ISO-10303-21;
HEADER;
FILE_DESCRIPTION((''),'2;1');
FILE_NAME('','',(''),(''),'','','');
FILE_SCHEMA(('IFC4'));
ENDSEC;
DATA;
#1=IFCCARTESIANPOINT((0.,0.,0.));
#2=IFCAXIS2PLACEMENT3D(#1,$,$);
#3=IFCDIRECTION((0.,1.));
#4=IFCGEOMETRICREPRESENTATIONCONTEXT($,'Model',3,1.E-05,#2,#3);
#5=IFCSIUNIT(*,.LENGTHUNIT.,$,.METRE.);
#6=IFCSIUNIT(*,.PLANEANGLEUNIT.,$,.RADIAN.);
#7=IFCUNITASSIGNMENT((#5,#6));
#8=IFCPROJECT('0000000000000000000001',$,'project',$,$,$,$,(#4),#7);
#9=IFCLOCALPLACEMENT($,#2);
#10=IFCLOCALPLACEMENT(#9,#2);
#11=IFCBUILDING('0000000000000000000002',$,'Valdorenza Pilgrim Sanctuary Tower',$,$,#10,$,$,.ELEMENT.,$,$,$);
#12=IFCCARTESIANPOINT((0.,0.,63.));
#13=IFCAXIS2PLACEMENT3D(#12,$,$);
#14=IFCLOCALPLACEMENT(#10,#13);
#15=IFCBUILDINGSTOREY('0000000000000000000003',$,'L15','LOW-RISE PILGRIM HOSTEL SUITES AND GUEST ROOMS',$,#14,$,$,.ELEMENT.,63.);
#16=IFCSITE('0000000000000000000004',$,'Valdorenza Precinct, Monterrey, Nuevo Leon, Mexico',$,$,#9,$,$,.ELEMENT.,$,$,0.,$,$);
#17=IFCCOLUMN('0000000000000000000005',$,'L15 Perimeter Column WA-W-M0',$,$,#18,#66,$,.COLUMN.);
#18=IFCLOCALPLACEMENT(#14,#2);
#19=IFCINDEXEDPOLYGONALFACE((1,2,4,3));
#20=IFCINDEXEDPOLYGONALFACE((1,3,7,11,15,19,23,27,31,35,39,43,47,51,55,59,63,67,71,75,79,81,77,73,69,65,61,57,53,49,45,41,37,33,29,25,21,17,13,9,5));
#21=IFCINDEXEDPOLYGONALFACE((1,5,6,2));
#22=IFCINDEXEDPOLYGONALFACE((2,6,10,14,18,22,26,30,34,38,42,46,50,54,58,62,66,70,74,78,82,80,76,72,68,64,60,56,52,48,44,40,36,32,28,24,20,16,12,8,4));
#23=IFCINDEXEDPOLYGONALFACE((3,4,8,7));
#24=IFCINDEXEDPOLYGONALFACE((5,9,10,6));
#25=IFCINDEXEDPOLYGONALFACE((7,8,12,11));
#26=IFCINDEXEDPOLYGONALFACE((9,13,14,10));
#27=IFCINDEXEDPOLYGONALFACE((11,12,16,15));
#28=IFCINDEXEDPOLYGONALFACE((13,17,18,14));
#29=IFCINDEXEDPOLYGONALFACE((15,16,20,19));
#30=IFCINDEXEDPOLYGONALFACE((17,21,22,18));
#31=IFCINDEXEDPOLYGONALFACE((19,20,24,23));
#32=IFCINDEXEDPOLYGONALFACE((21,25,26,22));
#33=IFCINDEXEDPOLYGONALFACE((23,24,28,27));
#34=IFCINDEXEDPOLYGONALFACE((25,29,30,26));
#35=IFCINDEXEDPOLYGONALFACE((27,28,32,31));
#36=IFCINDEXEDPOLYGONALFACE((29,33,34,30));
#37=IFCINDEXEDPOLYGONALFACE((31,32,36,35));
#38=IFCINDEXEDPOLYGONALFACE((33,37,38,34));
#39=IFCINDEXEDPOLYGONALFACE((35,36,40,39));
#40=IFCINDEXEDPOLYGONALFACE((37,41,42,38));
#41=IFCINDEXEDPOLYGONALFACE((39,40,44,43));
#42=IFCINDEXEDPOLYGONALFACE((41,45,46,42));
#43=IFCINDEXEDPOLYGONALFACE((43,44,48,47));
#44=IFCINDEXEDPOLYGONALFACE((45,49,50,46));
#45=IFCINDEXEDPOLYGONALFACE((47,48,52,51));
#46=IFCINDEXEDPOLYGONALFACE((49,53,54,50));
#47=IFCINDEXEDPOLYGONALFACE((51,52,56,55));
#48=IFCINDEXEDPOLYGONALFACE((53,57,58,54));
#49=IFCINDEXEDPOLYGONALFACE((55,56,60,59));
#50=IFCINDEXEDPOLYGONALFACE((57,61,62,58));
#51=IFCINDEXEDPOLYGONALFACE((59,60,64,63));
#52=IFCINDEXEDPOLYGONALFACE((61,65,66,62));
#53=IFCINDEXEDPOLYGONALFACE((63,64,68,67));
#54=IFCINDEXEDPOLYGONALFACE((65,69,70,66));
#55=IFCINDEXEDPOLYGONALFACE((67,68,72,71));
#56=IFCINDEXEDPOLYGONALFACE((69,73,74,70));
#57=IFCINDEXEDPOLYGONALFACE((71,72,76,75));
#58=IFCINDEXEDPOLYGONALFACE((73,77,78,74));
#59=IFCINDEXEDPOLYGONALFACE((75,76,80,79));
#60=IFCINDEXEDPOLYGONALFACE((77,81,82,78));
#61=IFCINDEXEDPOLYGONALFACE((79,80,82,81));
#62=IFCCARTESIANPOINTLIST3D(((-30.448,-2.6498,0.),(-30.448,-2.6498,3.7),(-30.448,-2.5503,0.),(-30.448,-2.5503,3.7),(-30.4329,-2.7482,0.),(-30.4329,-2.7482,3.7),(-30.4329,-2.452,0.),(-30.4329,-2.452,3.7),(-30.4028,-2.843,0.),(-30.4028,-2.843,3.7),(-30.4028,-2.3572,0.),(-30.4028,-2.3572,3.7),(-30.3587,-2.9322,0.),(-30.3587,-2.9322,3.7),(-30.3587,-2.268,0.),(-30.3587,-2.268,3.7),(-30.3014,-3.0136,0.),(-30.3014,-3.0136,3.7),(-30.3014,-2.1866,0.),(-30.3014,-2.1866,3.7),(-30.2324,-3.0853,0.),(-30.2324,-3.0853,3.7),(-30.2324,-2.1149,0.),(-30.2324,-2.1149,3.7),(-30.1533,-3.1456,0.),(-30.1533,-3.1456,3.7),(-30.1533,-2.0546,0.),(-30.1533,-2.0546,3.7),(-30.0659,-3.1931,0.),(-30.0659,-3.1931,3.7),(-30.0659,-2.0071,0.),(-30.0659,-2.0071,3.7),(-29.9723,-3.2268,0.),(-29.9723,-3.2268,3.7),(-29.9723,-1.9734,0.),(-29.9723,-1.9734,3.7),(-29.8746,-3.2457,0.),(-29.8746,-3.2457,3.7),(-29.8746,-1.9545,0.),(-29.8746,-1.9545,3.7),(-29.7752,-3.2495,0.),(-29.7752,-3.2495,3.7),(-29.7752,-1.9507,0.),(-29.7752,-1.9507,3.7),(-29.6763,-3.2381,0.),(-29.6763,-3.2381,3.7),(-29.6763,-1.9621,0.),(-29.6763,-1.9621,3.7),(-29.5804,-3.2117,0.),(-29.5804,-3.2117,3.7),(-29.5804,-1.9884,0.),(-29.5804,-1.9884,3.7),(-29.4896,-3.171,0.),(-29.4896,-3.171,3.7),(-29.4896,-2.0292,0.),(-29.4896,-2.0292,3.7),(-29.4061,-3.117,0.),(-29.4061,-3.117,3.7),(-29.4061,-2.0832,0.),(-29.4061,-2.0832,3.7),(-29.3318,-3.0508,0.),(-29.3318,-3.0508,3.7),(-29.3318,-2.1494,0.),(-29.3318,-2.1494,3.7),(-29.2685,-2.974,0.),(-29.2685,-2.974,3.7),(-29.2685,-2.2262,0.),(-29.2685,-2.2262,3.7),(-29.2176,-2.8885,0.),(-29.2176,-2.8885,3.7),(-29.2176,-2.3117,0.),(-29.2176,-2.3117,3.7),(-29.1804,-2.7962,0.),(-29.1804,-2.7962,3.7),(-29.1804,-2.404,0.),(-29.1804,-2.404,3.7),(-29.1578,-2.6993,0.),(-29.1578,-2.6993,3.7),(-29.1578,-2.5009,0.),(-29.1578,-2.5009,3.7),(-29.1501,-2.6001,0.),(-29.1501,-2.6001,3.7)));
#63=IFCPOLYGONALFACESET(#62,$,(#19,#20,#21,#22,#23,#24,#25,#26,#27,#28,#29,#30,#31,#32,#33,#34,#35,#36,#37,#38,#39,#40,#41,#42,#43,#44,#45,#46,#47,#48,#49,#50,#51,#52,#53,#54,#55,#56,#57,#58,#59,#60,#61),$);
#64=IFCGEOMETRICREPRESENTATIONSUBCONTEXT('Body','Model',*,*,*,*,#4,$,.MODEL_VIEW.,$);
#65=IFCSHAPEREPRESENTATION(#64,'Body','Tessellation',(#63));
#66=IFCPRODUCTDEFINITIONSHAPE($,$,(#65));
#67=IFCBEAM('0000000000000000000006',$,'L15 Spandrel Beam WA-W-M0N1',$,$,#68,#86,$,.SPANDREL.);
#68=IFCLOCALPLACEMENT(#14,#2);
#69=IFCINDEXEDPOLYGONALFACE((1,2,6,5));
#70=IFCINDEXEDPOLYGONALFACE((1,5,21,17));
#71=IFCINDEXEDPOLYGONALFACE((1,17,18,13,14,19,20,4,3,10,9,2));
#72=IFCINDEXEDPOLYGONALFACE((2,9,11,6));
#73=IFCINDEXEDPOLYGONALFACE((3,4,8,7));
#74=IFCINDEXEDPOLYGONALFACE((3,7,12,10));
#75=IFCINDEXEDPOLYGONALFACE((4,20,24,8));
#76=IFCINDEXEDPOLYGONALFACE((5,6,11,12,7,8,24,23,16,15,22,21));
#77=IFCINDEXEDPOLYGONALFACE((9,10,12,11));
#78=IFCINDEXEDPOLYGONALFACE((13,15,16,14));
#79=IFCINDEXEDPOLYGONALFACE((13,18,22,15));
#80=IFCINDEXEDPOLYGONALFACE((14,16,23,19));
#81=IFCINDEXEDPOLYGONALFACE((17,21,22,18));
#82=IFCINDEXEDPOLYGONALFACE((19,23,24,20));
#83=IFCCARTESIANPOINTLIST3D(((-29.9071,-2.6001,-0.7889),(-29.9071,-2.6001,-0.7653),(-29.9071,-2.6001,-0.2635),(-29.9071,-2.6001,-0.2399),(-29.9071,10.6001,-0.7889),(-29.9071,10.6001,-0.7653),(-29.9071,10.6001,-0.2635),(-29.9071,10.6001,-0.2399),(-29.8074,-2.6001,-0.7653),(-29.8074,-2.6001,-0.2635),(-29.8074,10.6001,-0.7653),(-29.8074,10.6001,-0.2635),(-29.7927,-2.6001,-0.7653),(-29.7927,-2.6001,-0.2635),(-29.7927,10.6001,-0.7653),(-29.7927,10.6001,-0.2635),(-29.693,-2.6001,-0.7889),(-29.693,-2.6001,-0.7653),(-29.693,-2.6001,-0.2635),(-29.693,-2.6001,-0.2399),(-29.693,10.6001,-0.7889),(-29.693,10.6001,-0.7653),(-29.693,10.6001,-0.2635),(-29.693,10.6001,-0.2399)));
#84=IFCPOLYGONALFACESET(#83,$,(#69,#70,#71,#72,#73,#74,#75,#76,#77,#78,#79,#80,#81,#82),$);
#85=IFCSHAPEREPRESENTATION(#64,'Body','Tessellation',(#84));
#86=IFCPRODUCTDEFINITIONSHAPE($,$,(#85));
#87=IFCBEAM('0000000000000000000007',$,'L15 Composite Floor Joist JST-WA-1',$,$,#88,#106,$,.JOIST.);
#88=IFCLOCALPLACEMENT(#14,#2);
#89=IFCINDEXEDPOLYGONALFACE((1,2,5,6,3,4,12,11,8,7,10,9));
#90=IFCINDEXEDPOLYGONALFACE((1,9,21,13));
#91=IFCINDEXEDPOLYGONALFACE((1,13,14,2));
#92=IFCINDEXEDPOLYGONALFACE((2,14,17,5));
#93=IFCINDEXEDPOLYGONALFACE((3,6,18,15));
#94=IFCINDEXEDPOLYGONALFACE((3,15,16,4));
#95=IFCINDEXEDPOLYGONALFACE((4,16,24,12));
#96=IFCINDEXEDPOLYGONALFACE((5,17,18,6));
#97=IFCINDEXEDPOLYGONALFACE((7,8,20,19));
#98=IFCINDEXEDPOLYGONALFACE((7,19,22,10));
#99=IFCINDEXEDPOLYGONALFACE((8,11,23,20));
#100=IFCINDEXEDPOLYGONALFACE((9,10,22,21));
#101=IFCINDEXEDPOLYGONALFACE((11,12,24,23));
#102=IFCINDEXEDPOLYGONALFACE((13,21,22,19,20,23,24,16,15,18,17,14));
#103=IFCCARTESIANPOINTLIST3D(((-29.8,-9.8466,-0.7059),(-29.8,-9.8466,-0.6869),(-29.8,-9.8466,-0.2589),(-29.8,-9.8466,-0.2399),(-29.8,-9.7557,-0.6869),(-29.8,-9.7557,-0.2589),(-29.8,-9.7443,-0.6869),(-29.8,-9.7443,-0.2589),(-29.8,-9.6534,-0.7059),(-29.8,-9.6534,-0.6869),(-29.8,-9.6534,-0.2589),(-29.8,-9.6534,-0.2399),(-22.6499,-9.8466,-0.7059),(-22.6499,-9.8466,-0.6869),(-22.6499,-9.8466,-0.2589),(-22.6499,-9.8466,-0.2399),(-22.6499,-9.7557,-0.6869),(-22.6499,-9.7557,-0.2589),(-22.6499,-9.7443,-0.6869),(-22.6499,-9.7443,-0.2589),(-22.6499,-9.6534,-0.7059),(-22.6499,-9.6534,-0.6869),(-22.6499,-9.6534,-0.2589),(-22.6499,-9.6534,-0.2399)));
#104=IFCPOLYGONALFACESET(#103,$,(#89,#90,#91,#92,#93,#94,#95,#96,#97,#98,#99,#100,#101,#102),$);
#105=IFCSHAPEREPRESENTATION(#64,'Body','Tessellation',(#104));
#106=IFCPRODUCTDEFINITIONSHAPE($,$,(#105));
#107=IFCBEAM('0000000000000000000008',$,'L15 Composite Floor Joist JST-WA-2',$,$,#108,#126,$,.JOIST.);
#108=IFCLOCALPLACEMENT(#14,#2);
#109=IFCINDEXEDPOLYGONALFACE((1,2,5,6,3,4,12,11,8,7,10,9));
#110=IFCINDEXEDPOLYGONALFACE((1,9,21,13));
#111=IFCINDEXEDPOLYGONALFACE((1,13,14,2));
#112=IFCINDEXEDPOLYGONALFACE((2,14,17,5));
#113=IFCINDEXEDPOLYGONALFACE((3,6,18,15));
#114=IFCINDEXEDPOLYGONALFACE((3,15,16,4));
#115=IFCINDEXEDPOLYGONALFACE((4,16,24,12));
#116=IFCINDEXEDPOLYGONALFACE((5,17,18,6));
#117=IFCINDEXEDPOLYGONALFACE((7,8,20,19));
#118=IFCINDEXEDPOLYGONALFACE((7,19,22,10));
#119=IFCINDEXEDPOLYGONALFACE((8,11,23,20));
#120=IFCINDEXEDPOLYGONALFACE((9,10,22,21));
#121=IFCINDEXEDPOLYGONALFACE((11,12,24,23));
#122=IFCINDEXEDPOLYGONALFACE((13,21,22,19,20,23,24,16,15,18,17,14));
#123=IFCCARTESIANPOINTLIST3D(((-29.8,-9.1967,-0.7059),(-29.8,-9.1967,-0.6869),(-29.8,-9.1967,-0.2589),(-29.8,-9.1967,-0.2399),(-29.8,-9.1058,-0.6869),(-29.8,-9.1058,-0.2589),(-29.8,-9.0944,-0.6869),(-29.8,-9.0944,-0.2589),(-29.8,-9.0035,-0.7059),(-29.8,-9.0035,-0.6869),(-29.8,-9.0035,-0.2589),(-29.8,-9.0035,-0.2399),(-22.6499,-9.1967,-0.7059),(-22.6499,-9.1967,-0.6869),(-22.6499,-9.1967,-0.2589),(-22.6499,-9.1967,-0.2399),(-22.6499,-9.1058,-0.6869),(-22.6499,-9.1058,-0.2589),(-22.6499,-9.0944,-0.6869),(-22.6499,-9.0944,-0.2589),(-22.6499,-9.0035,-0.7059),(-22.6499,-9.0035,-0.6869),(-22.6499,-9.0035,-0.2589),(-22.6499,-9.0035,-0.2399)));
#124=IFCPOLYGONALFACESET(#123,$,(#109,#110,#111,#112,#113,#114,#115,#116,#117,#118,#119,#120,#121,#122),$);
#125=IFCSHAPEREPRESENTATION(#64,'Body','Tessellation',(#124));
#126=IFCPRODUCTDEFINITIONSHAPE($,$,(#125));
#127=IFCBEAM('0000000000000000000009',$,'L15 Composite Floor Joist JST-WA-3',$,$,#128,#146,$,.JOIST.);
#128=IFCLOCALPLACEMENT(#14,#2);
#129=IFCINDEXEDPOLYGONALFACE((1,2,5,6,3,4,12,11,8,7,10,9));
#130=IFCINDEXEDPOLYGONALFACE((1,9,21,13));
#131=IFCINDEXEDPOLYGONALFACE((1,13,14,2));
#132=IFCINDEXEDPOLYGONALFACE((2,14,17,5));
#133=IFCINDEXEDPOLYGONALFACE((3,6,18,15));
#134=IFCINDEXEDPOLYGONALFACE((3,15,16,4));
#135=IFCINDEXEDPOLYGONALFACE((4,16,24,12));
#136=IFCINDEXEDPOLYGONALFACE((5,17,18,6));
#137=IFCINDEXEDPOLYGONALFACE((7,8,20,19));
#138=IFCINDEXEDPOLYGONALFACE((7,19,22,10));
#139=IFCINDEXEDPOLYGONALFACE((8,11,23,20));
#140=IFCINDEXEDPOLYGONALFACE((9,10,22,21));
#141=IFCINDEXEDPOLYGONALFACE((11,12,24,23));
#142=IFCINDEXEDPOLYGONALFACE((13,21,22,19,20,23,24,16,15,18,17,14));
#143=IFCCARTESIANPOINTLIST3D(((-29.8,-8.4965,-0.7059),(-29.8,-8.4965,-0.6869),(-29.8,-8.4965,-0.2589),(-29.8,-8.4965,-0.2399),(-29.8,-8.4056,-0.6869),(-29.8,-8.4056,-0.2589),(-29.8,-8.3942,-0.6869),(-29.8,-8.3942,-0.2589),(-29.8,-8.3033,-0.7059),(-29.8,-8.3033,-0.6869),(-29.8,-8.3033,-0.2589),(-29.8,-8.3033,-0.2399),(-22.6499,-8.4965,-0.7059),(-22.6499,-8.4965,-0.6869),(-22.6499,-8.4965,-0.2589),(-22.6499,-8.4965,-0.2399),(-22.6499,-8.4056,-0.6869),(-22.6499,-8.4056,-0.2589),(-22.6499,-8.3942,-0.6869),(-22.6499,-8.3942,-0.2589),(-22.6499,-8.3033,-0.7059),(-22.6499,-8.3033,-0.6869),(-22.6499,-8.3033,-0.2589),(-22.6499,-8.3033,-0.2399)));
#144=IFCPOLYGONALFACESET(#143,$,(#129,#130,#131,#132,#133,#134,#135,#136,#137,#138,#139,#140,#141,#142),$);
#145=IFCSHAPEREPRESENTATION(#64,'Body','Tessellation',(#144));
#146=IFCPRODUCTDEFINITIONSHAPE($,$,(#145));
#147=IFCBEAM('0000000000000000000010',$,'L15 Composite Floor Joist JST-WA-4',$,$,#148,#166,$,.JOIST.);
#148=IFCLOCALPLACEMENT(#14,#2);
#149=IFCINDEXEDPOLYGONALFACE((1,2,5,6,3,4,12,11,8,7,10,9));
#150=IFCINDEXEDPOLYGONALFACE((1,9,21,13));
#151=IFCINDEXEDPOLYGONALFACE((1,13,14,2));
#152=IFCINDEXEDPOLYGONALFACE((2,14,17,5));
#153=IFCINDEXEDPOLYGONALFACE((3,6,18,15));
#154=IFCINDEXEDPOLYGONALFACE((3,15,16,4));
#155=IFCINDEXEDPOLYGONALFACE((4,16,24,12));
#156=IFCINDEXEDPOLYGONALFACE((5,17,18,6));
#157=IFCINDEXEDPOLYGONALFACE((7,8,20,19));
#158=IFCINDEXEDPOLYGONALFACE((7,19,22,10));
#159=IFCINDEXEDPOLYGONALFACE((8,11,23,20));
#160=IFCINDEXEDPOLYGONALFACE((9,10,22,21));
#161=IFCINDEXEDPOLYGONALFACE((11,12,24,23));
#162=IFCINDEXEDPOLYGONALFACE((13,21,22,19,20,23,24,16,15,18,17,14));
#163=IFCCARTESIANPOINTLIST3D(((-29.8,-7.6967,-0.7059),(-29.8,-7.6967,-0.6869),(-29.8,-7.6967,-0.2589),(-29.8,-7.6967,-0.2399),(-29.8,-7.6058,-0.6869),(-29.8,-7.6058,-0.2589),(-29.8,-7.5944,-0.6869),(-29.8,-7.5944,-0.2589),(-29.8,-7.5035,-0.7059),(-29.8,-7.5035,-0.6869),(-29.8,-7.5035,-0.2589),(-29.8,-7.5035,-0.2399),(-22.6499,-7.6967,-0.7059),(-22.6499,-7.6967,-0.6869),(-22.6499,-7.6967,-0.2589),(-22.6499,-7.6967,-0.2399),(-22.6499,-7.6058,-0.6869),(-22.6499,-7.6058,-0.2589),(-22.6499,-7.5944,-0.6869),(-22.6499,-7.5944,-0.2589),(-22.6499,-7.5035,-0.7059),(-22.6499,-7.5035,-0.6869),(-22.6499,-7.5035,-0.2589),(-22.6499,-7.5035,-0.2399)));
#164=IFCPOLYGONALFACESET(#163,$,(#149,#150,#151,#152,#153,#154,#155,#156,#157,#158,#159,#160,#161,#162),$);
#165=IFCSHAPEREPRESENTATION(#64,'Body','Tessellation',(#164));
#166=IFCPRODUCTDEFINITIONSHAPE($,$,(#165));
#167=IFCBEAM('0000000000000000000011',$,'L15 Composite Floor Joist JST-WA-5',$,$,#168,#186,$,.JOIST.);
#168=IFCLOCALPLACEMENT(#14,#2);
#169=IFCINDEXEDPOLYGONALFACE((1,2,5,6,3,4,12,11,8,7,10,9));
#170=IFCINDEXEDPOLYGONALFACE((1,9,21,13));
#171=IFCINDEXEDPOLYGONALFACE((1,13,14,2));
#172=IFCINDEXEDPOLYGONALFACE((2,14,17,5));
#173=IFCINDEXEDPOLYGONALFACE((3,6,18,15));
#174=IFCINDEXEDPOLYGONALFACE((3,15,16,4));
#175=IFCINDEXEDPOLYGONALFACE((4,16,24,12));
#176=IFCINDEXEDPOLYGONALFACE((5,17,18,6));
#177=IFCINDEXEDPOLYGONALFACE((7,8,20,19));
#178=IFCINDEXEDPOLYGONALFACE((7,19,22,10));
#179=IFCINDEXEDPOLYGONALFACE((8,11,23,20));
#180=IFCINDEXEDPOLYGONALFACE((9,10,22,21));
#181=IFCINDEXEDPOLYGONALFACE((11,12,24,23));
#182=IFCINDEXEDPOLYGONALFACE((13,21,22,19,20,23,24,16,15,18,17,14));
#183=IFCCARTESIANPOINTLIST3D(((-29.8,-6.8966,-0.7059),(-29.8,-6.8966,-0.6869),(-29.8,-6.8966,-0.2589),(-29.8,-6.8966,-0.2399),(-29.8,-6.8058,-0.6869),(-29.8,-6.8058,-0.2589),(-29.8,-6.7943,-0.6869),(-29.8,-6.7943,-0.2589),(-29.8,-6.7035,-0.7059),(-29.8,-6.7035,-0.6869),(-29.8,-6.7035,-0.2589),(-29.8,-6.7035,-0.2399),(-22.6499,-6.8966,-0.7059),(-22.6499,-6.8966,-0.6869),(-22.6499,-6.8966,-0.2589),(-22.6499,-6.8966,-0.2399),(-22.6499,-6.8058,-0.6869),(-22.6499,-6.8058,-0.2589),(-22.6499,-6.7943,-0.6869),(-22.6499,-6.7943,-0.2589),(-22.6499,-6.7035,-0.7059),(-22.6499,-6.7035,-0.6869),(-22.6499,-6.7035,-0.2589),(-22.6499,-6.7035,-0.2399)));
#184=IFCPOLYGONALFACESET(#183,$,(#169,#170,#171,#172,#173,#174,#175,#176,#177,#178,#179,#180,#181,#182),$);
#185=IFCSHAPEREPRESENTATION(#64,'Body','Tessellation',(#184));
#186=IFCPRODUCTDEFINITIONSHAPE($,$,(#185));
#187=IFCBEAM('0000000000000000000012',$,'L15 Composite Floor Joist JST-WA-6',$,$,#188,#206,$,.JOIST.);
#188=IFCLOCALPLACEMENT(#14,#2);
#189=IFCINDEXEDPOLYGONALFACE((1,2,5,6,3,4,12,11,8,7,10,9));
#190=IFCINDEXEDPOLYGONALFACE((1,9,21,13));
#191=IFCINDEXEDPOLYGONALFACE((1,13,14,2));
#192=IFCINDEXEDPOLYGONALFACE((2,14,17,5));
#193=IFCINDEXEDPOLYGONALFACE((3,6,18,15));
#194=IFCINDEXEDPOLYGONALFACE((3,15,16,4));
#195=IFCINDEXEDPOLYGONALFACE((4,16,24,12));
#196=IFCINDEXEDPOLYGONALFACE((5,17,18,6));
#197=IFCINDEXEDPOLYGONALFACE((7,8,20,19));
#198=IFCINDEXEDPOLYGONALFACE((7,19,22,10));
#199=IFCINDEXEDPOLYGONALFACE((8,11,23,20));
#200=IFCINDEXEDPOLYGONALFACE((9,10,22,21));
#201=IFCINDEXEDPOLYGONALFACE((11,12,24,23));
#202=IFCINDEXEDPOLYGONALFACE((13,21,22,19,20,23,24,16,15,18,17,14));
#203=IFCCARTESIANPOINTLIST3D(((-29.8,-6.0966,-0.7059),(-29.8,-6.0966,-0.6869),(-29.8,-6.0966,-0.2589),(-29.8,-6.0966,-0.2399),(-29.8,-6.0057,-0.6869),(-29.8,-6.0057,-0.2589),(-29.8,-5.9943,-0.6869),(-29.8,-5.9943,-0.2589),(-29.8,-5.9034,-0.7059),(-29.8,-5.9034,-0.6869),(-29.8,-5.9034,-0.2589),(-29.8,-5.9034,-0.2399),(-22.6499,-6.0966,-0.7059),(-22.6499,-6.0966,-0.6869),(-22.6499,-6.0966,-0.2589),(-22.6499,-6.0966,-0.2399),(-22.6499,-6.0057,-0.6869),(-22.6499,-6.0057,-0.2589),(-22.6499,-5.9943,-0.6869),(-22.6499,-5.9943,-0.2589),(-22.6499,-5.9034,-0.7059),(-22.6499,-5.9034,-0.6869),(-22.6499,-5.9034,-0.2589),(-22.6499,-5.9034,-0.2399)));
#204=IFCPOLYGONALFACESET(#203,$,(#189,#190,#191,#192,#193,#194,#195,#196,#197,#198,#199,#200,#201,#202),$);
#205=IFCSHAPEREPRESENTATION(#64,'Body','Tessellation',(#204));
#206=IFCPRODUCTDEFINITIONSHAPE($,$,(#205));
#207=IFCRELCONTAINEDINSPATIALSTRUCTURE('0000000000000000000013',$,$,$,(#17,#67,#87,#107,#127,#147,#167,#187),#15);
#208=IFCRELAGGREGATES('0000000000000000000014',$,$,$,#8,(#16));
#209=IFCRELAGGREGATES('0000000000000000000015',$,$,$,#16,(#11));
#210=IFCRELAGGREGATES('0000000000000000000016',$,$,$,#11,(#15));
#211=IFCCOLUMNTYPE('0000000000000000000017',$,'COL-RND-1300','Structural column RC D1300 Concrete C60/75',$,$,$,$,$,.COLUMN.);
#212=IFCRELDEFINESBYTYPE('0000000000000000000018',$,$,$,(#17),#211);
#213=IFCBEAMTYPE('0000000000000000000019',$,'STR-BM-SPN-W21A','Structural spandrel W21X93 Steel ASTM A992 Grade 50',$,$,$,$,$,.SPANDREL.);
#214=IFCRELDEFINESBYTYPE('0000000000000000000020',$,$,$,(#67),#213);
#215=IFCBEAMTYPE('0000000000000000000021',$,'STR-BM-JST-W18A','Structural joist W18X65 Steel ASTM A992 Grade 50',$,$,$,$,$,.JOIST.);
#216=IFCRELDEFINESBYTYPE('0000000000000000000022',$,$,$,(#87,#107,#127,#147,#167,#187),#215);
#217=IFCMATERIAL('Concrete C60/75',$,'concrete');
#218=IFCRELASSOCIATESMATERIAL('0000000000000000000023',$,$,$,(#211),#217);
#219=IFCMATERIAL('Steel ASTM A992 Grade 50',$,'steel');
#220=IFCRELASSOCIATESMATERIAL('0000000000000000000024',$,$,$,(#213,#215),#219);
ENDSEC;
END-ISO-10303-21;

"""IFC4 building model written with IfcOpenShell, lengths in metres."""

from ifc_helpers import new_model, si_unit, direction, frame, origin, origin_2d, place, context, subcontext, project, spatial, circle, i_section, extrude, source, transform, mapped, material, material_profile, profile_set, type_object, element, save


model = new_model("IFC4")

# Units and contexts
model_context = context("Model", 3, precision=1e-05, world=origin(), true_north=direction((0.0, 1.0)))
body_context = subcontext(model_context, "Body", "Model", "MODEL_VIEW")
ifc_project = project(units=[si_unit("LENGTHUNIT", "METRE"), si_unit("PLANEANGLEUNIT", "RADIAN")], contexts=[model_context])

# Site, building, storey
site_placement = place(None, origin())
site = spatial("IfcSite", under=ifc_project, at=site_placement, Name="Valdorenza Precinct, Monterrey, Nuevo Leon, Mexico", CompositionType="ELEMENT", RefElevation=0.0)
building_placement = place(site_placement, origin())
building = spatial("IfcBuilding", under=site, at=building_placement, Name="Valdorenza Pilgrim Sanctuary Tower", CompositionType="ELEMENT")
storey_placement = place(building_placement, frame((0.0, 0.0, 63.0)))
storey = spatial("IfcBuildingStorey", under=building, at=storey_placement, Name="L15", Description="LOW-RISE PILGRIM HOSTEL SUITES AND GUEST ROOMS", CompositionType="ELEMENT", Elevation=63.0)

# Column
ifc_material_1 = material(Name="Concrete C60/75", Category="concrete")
ifc_material_profile_1 = material_profile(ifc_material_1, circle(Radius=0.6499, at=origin_2d()), Name="RC D1300")
ifc_profile_set_1 = profile_set([ifc_material_profile_1], Name="Concrete C60/75")
column_type = type_object("IfcColumnType", Name="COL-RND-1300", Description="Structural column RC D1300 Concrete C60/75", PredefinedType="COLUMN", material=ifc_profile_set_1)
shared_shape_1 = source(origin(), body_context, "Body", "SweptSolid", [
    extrude(circle(Radius=0.6499, at=origin_2d()), origin(), (0.0, 0.0, 1.0), 3.7),
])
column_placement = place(storey_placement, frame((-29.8, -2.6001, 0.0), z_axis=(0.0, 0.0, 1.0), x_axis=(1.0, 0.0, 0.0)))
element("IfcColumn", 1, at=column_placement, inside=storey, type_object=column_type, Name="L15 Perimeter Column WA-W-M0", PredefinedType="COLUMN", context=body_context, shape_type="MappedRepresentation", body=[
    mapped(shared_shape_1, transform((0.0, 0.0, 0.0), x_axis=(1.0, 0.0, 0.0), y_axis=(0.0, 1.0, 0.0), z_axis=(0.0, 0.0, 1.0), scale=1.0)),
])

# Beams
ifc_material_2 = material(Name="Steel ASTM A992 Grade 50", Category="steel")
ifc_material_profile_2 = material_profile(ifc_material_2, i_section(OverallWidth=0.2141, OverallDepth=0.5491, WebThickness=0.0146, FlangeThickness=0.0237, at=origin_2d()), Name="W21X93")
ifc_profile_set_2 = profile_set([ifc_material_profile_2], Name="Steel ASTM A992 Grade 50")
beam_type_1 = type_object("IfcBeamType", Name="STR-BM-SPN-W21A", Description="Structural spandrel W21X93 Steel ASTM A992 Grade 50", PredefinedType="SPANDREL", material=ifc_profile_set_2)
shared_shape_2 = source(origin(), body_context, "Body", "SweptSolid", [
    extrude(i_section(OverallWidth=0.2141, OverallDepth=0.5491, WebThickness=0.0146, FlangeThickness=0.0237, at=origin_2d()), origin(), (0.0, 0.0, 1.0), 13.2002),
])
beam_1_placement = place(storey_placement, frame((-29.8, -2.6001, -0.5144), z_axis=(0.0, 1.0, 0.0), x_axis=(-1.0, 0.0, 0.0)))
element("IfcBeam", 2, at=beam_1_placement, inside=storey, type_object=beam_type_1, Name="L15 Spandrel Beam WA-W-M0N1", PredefinedType="SPANDREL", context=body_context, shape_type="MappedRepresentation", body=[
    mapped(shared_shape_2, transform((0.0, 0.0, 0.0), x_axis=(1.0, 0.0, 0.0), y_axis=(0.0, 1.0, 0.0), z_axis=(0.0, 0.0, 1.0), scale=1.0)),
])
ifc_material_profile_3 = material_profile(ifc_material_2, i_section(OverallWidth=0.1931, OverallDepth=0.4661, WebThickness=0.0115, FlangeThickness=0.019, at=origin_2d()), Name="W18X65")
ifc_profile_set_3 = profile_set([ifc_material_profile_3], Name="Steel ASTM A992 Grade 50")
beam_type_2 = type_object("IfcBeamType", Name="STR-BM-JST-W18A", Description="Structural joist W18X65 Steel ASTM A992 Grade 50", PredefinedType="JOIST", material=ifc_profile_set_3)
shared_shape_3 = source(origin(), body_context, "Body", "SweptSolid", [
    extrude(i_section(OverallWidth=0.1931, OverallDepth=0.4661, WebThickness=0.0115, FlangeThickness=0.019, at=origin_2d()), origin(), (0.0, 0.0, 1.0), 7.1501),
])
for number, where, z_axis, x_axis, name in (
    (3, (-29.8, -9.75, -0.4729), (1.0, 0.0, 0.0), (0.0, 1.0, 0.0), "L15 Composite Floor Joist JST-WA-1"),
    (4, (-29.8, -9.1001, -0.4729), (1.0, 0.0, 0.0), (0.0, 1.0, 0.0), "L15 Composite Floor Joist JST-WA-2"),
    (5, (-29.8, -8.3999, -0.4729), (1.0, 0.0, 0.0), (0.0, 1.0, 0.0), "L15 Composite Floor Joist JST-WA-3"),
    (6, (-29.8, -7.6001, -0.4729), (1.0, 0.0, 0.0), (0.0, 1.0, 0.0), "L15 Composite Floor Joist JST-WA-4"),
    (7, (-29.8, -6.8, -0.4729), (1.0, 0.0, 0.0), (0.0, 1.0, 0.0), "L15 Composite Floor Joist JST-WA-5"),
    (8, (-29.8, -6.0, -0.4729), (1.0, 0.0, 0.0), (0.0, 1.0, 0.0), "L15 Composite Floor Joist JST-WA-6"),
):
    element("IfcBeam", number, at=place(storey_placement, frame(where, z_axis=z_axis, x_axis=x_axis)), inside=storey, type_object=beam_type_2, Name=name, PredefinedType="JOIST", context=body_context, shape_type="MappedRepresentation", body=[
        mapped(shared_shape_3, transform((0.0, 0.0, 0.0), x_axis=(1.0, 0.0, 0.0), y_axis=(0.0, 1.0, 0.0), z_axis=(0.0, 0.0, 1.0), scale=1.0)),
    ])

save(model, "model.ifc")
